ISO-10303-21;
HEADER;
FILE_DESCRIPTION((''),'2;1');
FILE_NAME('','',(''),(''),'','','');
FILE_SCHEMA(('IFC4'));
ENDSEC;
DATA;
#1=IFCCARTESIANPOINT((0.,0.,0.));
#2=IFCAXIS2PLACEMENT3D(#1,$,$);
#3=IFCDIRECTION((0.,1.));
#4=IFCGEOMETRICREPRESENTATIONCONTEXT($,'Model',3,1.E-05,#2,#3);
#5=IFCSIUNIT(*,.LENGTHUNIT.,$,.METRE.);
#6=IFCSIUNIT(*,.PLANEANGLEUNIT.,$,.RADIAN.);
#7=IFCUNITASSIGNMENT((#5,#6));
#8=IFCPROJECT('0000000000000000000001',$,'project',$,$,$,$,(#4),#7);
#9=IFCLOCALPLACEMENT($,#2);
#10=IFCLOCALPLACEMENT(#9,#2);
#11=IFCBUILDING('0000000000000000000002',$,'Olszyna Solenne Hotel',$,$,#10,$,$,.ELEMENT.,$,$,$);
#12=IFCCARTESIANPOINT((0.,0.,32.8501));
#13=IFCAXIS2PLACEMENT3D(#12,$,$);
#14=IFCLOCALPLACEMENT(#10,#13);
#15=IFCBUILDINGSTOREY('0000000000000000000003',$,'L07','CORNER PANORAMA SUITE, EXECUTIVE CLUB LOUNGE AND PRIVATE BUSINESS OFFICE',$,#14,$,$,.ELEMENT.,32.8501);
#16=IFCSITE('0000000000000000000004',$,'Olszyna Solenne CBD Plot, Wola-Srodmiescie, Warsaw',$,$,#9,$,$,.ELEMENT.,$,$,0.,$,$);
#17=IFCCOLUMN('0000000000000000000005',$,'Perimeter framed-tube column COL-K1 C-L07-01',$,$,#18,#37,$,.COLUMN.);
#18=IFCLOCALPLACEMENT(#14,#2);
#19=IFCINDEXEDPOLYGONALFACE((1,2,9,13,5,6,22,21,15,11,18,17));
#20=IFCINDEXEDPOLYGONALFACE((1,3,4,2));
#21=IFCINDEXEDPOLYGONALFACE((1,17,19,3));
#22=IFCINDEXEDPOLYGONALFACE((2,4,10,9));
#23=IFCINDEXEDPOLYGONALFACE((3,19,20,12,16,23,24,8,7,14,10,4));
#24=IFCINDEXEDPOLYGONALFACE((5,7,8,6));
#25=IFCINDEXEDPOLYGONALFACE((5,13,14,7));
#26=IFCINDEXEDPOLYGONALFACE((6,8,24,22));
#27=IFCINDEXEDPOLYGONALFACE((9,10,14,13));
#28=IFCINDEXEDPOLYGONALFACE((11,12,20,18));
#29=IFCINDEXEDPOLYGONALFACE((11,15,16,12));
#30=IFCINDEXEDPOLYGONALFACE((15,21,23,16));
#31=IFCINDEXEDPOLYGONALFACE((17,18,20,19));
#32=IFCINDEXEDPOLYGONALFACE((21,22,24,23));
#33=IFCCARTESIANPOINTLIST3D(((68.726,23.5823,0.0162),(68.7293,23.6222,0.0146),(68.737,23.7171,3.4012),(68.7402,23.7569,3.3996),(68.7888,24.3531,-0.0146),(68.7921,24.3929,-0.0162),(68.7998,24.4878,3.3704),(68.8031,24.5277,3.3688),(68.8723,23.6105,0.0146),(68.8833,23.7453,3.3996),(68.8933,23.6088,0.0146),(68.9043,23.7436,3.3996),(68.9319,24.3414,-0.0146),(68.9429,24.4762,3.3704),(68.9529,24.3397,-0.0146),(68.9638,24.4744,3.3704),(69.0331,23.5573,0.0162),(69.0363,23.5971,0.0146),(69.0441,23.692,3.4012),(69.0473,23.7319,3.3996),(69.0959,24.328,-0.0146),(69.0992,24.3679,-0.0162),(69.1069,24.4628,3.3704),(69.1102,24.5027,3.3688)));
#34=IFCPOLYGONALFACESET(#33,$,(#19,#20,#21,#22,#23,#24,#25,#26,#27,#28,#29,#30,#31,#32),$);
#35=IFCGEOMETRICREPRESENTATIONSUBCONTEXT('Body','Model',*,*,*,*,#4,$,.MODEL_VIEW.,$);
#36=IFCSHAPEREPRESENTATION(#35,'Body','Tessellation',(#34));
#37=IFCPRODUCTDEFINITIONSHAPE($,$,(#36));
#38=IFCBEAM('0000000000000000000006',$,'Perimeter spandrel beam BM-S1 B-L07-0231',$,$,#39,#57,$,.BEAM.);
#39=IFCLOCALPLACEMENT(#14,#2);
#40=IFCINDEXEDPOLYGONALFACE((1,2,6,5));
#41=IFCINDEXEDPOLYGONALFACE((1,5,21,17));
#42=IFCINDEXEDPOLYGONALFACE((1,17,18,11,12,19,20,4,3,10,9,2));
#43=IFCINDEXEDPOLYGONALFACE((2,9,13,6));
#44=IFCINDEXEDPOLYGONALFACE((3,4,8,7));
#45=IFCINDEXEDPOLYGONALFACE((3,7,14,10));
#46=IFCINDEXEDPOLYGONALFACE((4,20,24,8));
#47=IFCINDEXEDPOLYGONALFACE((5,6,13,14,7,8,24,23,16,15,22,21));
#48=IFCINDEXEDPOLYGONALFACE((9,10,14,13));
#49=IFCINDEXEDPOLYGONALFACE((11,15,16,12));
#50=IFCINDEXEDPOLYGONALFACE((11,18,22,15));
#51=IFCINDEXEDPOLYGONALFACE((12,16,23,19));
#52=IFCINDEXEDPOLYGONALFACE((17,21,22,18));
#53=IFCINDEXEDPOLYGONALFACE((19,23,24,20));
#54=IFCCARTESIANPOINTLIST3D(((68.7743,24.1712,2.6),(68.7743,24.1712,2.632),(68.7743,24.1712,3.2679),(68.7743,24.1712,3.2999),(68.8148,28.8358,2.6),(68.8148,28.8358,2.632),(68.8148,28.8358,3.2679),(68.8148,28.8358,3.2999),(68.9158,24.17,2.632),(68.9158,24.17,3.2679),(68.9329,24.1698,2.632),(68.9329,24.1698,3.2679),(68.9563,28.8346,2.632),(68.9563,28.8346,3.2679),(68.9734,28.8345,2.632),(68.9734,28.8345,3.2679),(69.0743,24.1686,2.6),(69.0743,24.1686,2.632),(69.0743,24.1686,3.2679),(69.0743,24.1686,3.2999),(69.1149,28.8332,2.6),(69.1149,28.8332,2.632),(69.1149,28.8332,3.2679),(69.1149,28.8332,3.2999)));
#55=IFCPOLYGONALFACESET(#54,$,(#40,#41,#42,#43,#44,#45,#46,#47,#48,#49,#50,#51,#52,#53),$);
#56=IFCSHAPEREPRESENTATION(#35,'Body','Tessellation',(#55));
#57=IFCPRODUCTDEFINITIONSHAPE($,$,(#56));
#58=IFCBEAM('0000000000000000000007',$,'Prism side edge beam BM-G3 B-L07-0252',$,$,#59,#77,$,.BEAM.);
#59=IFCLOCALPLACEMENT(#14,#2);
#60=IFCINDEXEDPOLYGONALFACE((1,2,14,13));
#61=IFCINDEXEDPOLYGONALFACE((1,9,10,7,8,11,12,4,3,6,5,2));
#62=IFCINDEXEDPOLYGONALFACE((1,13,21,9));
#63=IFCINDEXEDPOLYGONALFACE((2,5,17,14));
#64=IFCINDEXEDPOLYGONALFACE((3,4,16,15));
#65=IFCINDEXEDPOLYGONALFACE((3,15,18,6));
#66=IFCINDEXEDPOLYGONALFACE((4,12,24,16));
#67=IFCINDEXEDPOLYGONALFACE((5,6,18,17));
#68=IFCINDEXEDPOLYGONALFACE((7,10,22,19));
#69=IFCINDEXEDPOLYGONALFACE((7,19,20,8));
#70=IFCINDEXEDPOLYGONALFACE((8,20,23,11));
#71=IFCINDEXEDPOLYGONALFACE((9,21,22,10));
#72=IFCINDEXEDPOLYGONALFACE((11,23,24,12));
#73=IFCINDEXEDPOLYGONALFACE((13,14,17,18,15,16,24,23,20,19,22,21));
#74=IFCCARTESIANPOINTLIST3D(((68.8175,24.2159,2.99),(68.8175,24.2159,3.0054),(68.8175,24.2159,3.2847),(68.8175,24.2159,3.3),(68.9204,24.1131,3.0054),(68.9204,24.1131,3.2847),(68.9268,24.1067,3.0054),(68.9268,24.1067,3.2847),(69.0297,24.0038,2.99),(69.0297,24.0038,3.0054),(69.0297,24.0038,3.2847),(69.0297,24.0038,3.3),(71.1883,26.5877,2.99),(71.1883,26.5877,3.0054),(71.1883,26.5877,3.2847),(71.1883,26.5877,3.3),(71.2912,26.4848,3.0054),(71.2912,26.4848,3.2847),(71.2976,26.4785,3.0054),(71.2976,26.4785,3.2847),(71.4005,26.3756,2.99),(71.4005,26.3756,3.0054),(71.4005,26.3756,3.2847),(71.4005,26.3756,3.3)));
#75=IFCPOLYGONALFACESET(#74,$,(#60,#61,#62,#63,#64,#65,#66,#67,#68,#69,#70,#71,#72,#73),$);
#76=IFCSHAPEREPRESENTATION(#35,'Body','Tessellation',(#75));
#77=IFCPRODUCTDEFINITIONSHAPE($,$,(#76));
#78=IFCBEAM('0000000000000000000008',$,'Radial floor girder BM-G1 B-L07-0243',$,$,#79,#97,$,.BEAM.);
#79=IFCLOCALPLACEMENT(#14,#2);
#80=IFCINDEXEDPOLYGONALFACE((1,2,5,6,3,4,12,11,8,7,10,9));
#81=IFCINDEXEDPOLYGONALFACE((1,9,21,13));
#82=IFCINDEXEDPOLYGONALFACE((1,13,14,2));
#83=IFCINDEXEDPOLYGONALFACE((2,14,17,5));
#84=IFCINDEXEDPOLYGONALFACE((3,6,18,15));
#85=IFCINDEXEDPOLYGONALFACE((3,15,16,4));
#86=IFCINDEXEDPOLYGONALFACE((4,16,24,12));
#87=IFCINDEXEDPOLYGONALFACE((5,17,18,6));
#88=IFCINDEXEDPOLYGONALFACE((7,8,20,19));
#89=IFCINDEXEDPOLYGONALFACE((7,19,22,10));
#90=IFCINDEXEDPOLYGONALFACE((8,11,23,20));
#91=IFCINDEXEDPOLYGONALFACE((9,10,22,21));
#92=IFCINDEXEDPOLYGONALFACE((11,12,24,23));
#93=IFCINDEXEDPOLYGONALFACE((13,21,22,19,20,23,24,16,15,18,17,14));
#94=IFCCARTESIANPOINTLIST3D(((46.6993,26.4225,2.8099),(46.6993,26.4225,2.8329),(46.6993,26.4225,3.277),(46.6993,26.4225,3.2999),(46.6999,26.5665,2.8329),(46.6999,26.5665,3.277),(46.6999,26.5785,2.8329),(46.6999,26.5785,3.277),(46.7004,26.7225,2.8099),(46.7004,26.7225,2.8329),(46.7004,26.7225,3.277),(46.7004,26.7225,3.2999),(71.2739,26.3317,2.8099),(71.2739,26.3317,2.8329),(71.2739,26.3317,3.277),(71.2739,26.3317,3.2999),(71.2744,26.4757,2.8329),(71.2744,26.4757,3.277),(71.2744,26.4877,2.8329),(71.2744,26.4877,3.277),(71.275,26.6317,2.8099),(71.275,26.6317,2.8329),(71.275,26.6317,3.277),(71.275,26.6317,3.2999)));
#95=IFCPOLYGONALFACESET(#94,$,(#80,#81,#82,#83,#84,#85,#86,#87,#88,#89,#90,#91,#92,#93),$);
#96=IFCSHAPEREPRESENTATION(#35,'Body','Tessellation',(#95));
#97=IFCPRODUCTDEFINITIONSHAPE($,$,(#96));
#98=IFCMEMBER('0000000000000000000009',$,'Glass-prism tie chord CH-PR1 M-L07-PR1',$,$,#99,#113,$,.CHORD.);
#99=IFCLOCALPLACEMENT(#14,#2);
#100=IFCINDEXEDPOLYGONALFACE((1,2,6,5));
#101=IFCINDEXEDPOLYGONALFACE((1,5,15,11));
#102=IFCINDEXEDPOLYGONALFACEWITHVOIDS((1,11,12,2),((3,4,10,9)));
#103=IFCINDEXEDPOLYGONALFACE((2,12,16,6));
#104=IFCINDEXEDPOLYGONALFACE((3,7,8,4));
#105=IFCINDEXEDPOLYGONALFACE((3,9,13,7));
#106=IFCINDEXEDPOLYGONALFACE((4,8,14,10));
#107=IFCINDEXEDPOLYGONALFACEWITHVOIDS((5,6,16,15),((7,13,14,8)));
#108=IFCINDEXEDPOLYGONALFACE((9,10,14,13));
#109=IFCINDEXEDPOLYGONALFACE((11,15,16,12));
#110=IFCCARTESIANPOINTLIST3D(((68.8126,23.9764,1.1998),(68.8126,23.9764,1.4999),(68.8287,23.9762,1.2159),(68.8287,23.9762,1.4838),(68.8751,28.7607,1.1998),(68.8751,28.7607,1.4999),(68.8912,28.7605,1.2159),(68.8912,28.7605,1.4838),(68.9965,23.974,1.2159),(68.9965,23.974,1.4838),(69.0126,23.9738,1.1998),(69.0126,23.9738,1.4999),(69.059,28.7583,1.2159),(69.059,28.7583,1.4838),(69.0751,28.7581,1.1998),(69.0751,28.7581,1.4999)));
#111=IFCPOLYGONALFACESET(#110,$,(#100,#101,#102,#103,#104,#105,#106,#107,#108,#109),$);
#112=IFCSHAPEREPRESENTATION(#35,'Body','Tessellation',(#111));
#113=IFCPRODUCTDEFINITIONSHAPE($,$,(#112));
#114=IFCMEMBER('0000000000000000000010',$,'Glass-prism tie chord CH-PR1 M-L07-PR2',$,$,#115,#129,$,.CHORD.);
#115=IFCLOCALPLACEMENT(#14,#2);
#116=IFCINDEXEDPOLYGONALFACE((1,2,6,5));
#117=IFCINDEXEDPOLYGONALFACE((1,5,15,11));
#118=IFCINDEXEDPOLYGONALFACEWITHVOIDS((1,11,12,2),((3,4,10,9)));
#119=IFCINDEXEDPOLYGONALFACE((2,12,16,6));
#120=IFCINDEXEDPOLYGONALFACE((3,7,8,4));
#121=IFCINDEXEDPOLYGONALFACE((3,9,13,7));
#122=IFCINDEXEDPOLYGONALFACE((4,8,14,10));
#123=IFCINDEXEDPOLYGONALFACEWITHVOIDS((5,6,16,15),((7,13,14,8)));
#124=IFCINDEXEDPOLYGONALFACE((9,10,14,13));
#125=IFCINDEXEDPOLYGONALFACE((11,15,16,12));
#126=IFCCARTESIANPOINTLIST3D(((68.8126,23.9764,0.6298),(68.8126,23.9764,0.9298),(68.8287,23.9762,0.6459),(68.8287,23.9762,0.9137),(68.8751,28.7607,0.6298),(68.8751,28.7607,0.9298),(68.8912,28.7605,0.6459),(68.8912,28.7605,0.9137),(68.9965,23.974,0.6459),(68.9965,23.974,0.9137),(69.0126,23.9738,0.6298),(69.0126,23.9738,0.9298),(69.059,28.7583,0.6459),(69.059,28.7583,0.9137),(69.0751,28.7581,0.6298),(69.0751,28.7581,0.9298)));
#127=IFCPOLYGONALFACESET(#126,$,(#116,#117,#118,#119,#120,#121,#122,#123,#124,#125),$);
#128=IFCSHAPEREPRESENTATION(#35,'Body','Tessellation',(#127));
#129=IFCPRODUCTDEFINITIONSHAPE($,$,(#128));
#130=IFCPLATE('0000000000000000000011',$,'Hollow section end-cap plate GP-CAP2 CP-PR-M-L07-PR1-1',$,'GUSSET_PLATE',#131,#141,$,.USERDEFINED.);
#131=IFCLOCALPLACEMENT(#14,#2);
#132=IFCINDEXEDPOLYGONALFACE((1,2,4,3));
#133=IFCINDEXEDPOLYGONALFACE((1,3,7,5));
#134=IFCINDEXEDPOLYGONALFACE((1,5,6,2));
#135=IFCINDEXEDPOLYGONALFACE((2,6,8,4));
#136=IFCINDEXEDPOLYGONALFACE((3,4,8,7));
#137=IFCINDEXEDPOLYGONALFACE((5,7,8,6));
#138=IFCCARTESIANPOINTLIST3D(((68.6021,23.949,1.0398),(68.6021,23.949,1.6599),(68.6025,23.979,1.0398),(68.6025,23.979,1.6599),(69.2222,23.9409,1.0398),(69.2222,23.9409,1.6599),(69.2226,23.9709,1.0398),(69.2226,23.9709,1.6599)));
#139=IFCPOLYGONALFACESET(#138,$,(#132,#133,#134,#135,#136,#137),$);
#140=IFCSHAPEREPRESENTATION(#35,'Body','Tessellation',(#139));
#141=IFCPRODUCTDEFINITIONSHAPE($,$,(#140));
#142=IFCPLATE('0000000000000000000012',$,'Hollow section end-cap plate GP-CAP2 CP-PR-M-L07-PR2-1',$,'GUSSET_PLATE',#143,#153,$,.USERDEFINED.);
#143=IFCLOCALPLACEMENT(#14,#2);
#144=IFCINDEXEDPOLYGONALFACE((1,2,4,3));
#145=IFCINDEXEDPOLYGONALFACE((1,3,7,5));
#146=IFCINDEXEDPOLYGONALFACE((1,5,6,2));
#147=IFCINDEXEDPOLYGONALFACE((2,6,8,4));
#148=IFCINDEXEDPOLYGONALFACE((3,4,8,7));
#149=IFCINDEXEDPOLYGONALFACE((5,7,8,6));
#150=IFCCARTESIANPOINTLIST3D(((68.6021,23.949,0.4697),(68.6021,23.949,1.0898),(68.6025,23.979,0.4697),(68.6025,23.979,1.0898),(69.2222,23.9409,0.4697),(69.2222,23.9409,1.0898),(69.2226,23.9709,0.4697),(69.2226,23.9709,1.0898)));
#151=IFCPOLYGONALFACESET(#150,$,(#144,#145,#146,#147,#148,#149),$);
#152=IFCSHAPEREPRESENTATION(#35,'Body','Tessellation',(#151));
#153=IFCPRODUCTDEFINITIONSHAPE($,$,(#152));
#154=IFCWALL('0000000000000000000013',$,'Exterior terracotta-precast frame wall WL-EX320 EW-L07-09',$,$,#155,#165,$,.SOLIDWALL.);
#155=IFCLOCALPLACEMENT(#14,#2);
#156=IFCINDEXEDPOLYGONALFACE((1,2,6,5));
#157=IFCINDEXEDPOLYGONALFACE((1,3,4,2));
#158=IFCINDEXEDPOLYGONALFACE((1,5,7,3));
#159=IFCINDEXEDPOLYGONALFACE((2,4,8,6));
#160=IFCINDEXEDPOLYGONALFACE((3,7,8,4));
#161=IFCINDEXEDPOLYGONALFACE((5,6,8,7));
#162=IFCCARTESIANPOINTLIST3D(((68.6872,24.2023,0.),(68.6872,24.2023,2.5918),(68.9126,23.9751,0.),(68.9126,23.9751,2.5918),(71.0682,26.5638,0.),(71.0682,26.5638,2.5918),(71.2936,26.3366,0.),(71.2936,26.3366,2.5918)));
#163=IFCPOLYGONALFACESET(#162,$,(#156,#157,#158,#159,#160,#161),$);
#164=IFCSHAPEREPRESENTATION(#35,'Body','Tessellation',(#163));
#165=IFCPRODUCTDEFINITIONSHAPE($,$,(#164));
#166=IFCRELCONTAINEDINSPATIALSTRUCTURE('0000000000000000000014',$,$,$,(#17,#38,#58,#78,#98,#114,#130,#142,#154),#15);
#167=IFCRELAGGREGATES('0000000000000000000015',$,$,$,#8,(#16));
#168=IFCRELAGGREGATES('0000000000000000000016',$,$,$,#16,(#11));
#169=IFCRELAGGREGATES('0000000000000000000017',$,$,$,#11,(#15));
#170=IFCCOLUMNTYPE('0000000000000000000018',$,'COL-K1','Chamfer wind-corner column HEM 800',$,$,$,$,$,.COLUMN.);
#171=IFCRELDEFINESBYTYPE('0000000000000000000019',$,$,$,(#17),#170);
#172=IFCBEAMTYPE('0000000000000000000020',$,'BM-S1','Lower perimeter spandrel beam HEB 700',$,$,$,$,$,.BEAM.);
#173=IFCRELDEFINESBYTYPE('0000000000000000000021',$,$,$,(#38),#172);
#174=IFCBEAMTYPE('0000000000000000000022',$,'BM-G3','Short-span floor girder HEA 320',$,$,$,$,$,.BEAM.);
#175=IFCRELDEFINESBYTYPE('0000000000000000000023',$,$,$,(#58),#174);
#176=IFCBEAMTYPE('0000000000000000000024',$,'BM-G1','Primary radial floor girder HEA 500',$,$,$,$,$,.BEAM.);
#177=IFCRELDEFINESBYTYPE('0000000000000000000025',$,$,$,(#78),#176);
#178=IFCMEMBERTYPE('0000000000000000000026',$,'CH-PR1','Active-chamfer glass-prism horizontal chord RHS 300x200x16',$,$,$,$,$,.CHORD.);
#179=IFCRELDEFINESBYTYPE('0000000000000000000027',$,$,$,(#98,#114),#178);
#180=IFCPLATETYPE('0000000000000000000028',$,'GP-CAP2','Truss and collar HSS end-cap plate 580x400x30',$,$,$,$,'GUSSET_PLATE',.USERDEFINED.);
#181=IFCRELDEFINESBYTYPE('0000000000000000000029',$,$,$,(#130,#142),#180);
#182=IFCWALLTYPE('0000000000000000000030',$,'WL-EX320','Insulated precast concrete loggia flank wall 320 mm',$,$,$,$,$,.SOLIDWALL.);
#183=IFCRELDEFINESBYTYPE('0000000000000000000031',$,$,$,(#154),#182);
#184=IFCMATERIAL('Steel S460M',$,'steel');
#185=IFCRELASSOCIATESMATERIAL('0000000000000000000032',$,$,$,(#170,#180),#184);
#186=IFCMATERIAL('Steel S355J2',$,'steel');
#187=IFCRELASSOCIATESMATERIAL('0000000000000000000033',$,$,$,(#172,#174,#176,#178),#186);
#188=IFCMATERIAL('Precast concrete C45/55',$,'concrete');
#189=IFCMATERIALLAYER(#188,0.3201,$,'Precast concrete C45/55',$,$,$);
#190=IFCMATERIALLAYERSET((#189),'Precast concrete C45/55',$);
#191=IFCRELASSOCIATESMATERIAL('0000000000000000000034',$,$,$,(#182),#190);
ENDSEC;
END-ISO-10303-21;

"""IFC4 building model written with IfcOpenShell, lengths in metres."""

from ifc_helpers import new_model, si_unit, direction, frame, frame_2d, origin, origin_2d, place, context, subcontext, project, spatial, rectangle, hollow_rectangle, i_section, extrude, source, transform, mapped, material, layer, layer_set, material_profile, profile_set, type_object, element, save


model = new_model("IFC4")

# Units and contexts
model_context = context("Model", 3, precision=1e-05, world=origin(), true_north=direction((0.0, 1.0)))
body_context = subcontext(model_context, "Body", "Model", "MODEL_VIEW")
ifc_project = project(units=[si_unit("LENGTHUNIT", "METRE"), si_unit("PLANEANGLEUNIT", "RADIAN")], contexts=[model_context])

# Site, building, storey
site_placement = place(None, origin())
site = spatial("IfcSite", under=ifc_project, at=site_placement, Name="Olszyna Solenne CBD Plot, Wola-Srodmiescie, Warsaw", CompositionType="ELEMENT", RefElevation=0.0)
building_placement = place(site_placement, origin())
building = spatial("IfcBuilding", under=site, at=building_placement, Name="Olszyna Solenne Hotel", CompositionType="ELEMENT")
storey_placement = place(building_placement, frame((0.0, 0.0, 32.8501)))
storey = spatial("IfcBuildingStorey", under=building, at=storey_placement, Name="L07", Description="CORNER PANORAMA SUITE, EXECUTIVE CLUB LOUNGE AND PRIVATE BUSINESS OFFICE", CompositionType="ELEMENT", Elevation=32.8501)

# Column
ifc_material_1 = material(Name="Steel S460M", Category="steel")
ifc_material_profile_1 = material_profile(ifc_material_1, i_section(OverallWidth=0.3081, OverallDepth=0.814, WebThickness=0.021, FlangeThickness=0.04, at=origin_2d()), Name="HEM 800", Category="load-bearing")
ifc_profile_set_1 = profile_set([ifc_material_profile_1], Name="Steel S460M")
column_type = type_object("IfcColumnType", Name="COL-K1", Description="Chamfer wind-corner column HEM 800", PredefinedType="COLUMN", material=ifc_profile_set_1)
shared_shape_1 = source(origin(), body_context, "Body", "SweptSolid", [
    extrude(i_section(OverallWidth=0.3081, OverallDepth=0.814, WebThickness=0.021, FlangeThickness=0.04, at=origin_2d()), origin(), (0.0, 0.0, 1.0), 3.3877),
])
column_placement = place(storey_placement, frame((68.9126, 23.9751, 0.0), z_axis=(0.003243, 0.039781, 0.999203), x_axis=(-0.996694, 0.081252, 0.0)))
element("IfcColumn", 1, at=column_placement, inside=storey, type_object=column_type, Name="Perimeter framed-tube column COL-K1 C-L07-01", PredefinedType="COLUMN", context=body_context, shape_type="MappedRepresentation", body=[
    mapped(shared_shape_1, transform((0.0, 0.0, 0.0), x_axis=(1.0, 0.0, 0.0), y_axis=(0.0, 1.0, 0.0), z_axis=(0.0, 0.0, 1.0), scale=1.0)),
])

# Beams
ifc_material_2 = material(Name="Steel S355J2", Category="steel")
ifc_material_profile_2 = material_profile(ifc_material_2, i_section(OverallWidth=0.3, OverallDepth=0.7, WebThickness=0.0171, FlangeThickness=0.032, at=origin_2d()), Name="HEB 700", Category="load-bearing")
ifc_profile_set_2 = profile_set([ifc_material_profile_2], Name="Steel S355J2")
beam_type_1 = type_object("IfcBeamType", Name="BM-S1", Description="Lower perimeter spandrel beam HEB 700", PredefinedType="BEAM", material=ifc_profile_set_2)
shared_shape_2 = source(origin(), body_context, "Body", "SweptSolid", [
    extrude(i_section(OverallWidth=0.3, OverallDepth=0.7, WebThickness=0.0171, FlangeThickness=0.032, at=origin_2d()), origin(), (0.0, 0.0, 1.0), 4.6648),
])
beam_1_placement = place(storey_placement, frame((68.9243, 24.1699, 2.95), z_axis=(0.008688, 0.999962, 0.0), x_axis=(-0.999962, 0.008688, 0.0)))
element("IfcBeam", 2, at=beam_1_placement, inside=storey, type_object=beam_type_1, Name="Perimeter spandrel beam BM-S1 B-L07-0231", PredefinedType="BEAM", context=body_context, shape_type="MappedRepresentation", body=[
    mapped(shared_shape_2, transform((0.0, 0.0, 0.0), x_axis=(1.0, 0.0, 0.0), y_axis=(0.0, 1.0, 0.0), z_axis=(0.0, 0.0, 1.0), scale=1.0)),
])
ifc_material_profile_3 = material_profile(ifc_material_2, i_section(OverallWidth=0.3, OverallDepth=0.3101, WebThickness=0.009, FlangeThickness=0.0154, at=origin_2d()), Name="HEA 320", Category="load-bearing")
ifc_profile_set_3 = profile_set([ifc_material_profile_3], Name="Steel S355J2")
beam_type_2 = type_object("IfcBeamType", Name="BM-G3", Description="Short-span floor girder HEA 320", PredefinedType="BEAM", material=ifc_profile_set_3)
shared_shape_3 = source(origin(), body_context, "Body", "SweptSolid", [
    extrude(i_section(OverallWidth=0.3, OverallDepth=0.3101, WebThickness=0.009, FlangeThickness=0.0154, at=origin_2d()), origin(), (0.0, 0.0, 1.0), 3.3535),
])
beam_2_placement = place(storey_placement, frame((68.9236, 24.1099, 3.145), z_axis=(0.706961, 0.707252, 0.0), x_axis=(-0.707252, 0.706961, 0.0)))
element("IfcBeam", 3, at=beam_2_placement, inside=storey, type_object=beam_type_2, Name="Prism side edge beam BM-G3 B-L07-0252", PredefinedType="BEAM", context=body_context, shape_type="MappedRepresentation", body=[
    mapped(shared_shape_3, transform((0.0, 0.0, 0.0), x_axis=(1.0, 0.0, 0.0), y_axis=(0.0, 1.0, 0.0), z_axis=(0.0, 0.0, 1.0), scale=1.0)),
])
ifc_material_profile_4 = material_profile(ifc_material_2, i_section(OverallWidth=0.3, OverallDepth=0.49, WebThickness=0.012, FlangeThickness=0.0229, at=origin_2d()), Name="HEA 500", Category="load-bearing")
ifc_profile_set_4 = profile_set([ifc_material_profile_4], Name="Steel S355J2")
beam_type_3 = type_object("IfcBeamType", Name="BM-G1", Description="Primary radial floor girder HEA 500", PredefinedType="BEAM", material=ifc_profile_set_4)
shared_shape_4 = source(origin(), body_context, "Body", "SweptSolid", [
    extrude(i_section(OverallWidth=0.3, OverallDepth=0.49, WebThickness=0.012, FlangeThickness=0.0229, at=origin_2d()), origin(), (0.0, 0.0, 1.0), 24.5747),
])
beam_3_placement = place(storey_placement, frame((71.2744, 26.4817, 3.0549), z_axis=(-0.999993, 0.003696, 0.0), x_axis=(-0.003696, -0.999993, 0.0)))
element("IfcBeam", 4, at=beam_3_placement, inside=storey, type_object=beam_type_3, Name="Radial floor girder BM-G1 B-L07-0243", PredefinedType="BEAM", context=body_context, shape_type="MappedRepresentation", body=[
    mapped(shared_shape_4, transform((0.0, 0.0, 0.0), x_axis=(1.0, 0.0, 0.0), y_axis=(0.0, 1.0, 0.0), z_axis=(0.0, 0.0, 1.0), scale=1.0)),
])

# Members
ifc_material_profile_5 = material_profile(ifc_material_2, hollow_rectangle(XDim=0.2, YDim=0.3, WallThickness=0.0161, at=origin_2d()), Name="RHS 300x200x16", Category="load-bearing")
ifc_profile_set_5 = profile_set([ifc_material_profile_5], Name="Steel S355J2")
member_type = type_object("IfcMemberType", Name="CH-PR1", Description="Active-chamfer glass-prism horizontal chord RHS 300x200x16", PredefinedType="CHORD", material=ifc_profile_set_5)
shared_shape_5 = source(origin(), body_context, "Body", "SweptSolid", [
    extrude(hollow_rectangle(XDim=0.2, YDim=0.3, WallThickness=0.0161, at=origin_2d()), origin(), (0.0, 0.0, 1.0), 4.7847),
])
for number, where, z_axis, x_axis, name in (
    (5, (68.9126, 23.9751, 1.3499), (0.013063, 0.999915, 0.0), (-0.999915, 0.013063, 0.0), "Glass-prism tie chord CH-PR1 M-L07-PR1"),
    (6, (68.9126, 23.9751, 0.7798), (0.013063, 0.999915, 0.0), (-0.999915, 0.013063, 0.0), "Glass-prism tie chord CH-PR1 M-L07-PR2"),
):
    element("IfcMember", number, at=place(storey_placement, frame(where, z_axis=z_axis, x_axis=x_axis)), inside=storey, type_object=member_type, Name=name, PredefinedType="CHORD", context=body_context, shape_type="MappedRepresentation", body=[
        mapped(shared_shape_5, transform((0.0, 0.0, 0.0), x_axis=(1.0, 0.0, 0.0), y_axis=(0.0, 1.0, 0.0), z_axis=(0.0, 0.0, 1.0), scale=1.0)),
    ])

# Plates
plate_type = type_object("IfcPlateType", Name="GP-CAP2", Description="Truss and collar HSS end-cap plate 580x400x30", ElementType="GUSSET_PLATE", PredefinedType="USERDEFINED", material=ifc_material_1)
shared_shape_6 = source(origin(), body_context, "Body", "SweptSolid", [
    extrude(rectangle(XDim=0.03, YDim=0.6201, at=origin_2d()), origin(), (0.0, 0.0, 1.0), 0.6201),
])
for number, where, z_axis, x_axis, name in (
    (7, (68.9124, 23.96, 1.0398), (0.0, 0.0, 1.0), (0.01309, 0.999914, 0.0), "Hollow section end-cap plate GP-CAP2 CP-PR-M-L07-PR1-1"),
    (8, (68.9124, 23.96, 0.4697), (0.0, 0.0, 1.0), (0.01309, 0.999914, 0.0), "Hollow section end-cap plate GP-CAP2 CP-PR-M-L07-PR2-1"),
):
    element("IfcPlate", number, at=place(storey_placement, frame(where, z_axis=z_axis, x_axis=x_axis)), inside=storey, type_object=plate_type, Name=name, ObjectType="GUSSET_PLATE", PredefinedType="USERDEFINED", context=body_context, shape_type="MappedRepresentation", body=[
        mapped(shared_shape_6, transform((0.0, 0.0, 0.0), x_axis=(1.0, 0.0, 0.0), y_axis=(0.0, 1.0, 0.0), z_axis=(0.0, 0.0, 1.0), scale=1.0)),
    ])

# Wall
ifc_material_3 = material(Name="Precast concrete C45/55", Category="concrete")
ifc_layer_1 = layer(ifc_material_3, 0.3201, Name="Precast concrete C45/55")
ifc_layer_set_1 = layer_set([ifc_layer_1], Name="Precast concrete C45/55")
wall_type_1 = type_object("IfcWallType", Name="WL-EX320", Description="Insulated precast concrete loggia flank wall 320 mm", PredefinedType="SOLIDWALL", material=ifc_layer_set_1)
wall_1_placement = place(storey_placement, frame((71.1809, 26.4502, 0.0), z_axis=(0.0, 0.0, 1.0), x_axis=(-0.710013, -0.704189, 0.0)))
element("IfcWall", 9, at=wall_1_placement, inside=storey, type_object=wall_type_1, Name="Exterior terracotta-precast frame wall WL-EX320 EW-L07-09", PredefinedType="SOLIDWALL", context=body_context, shape_type="SweptSolid", body=[
    extrude(rectangle(XDim=3.3535, YDim=0.3201, at=frame_2d((1.6768, 0.0))), origin(), (0.0, 0.0, 1.0), 2.5918),
])

save(model, "model.ifc")
